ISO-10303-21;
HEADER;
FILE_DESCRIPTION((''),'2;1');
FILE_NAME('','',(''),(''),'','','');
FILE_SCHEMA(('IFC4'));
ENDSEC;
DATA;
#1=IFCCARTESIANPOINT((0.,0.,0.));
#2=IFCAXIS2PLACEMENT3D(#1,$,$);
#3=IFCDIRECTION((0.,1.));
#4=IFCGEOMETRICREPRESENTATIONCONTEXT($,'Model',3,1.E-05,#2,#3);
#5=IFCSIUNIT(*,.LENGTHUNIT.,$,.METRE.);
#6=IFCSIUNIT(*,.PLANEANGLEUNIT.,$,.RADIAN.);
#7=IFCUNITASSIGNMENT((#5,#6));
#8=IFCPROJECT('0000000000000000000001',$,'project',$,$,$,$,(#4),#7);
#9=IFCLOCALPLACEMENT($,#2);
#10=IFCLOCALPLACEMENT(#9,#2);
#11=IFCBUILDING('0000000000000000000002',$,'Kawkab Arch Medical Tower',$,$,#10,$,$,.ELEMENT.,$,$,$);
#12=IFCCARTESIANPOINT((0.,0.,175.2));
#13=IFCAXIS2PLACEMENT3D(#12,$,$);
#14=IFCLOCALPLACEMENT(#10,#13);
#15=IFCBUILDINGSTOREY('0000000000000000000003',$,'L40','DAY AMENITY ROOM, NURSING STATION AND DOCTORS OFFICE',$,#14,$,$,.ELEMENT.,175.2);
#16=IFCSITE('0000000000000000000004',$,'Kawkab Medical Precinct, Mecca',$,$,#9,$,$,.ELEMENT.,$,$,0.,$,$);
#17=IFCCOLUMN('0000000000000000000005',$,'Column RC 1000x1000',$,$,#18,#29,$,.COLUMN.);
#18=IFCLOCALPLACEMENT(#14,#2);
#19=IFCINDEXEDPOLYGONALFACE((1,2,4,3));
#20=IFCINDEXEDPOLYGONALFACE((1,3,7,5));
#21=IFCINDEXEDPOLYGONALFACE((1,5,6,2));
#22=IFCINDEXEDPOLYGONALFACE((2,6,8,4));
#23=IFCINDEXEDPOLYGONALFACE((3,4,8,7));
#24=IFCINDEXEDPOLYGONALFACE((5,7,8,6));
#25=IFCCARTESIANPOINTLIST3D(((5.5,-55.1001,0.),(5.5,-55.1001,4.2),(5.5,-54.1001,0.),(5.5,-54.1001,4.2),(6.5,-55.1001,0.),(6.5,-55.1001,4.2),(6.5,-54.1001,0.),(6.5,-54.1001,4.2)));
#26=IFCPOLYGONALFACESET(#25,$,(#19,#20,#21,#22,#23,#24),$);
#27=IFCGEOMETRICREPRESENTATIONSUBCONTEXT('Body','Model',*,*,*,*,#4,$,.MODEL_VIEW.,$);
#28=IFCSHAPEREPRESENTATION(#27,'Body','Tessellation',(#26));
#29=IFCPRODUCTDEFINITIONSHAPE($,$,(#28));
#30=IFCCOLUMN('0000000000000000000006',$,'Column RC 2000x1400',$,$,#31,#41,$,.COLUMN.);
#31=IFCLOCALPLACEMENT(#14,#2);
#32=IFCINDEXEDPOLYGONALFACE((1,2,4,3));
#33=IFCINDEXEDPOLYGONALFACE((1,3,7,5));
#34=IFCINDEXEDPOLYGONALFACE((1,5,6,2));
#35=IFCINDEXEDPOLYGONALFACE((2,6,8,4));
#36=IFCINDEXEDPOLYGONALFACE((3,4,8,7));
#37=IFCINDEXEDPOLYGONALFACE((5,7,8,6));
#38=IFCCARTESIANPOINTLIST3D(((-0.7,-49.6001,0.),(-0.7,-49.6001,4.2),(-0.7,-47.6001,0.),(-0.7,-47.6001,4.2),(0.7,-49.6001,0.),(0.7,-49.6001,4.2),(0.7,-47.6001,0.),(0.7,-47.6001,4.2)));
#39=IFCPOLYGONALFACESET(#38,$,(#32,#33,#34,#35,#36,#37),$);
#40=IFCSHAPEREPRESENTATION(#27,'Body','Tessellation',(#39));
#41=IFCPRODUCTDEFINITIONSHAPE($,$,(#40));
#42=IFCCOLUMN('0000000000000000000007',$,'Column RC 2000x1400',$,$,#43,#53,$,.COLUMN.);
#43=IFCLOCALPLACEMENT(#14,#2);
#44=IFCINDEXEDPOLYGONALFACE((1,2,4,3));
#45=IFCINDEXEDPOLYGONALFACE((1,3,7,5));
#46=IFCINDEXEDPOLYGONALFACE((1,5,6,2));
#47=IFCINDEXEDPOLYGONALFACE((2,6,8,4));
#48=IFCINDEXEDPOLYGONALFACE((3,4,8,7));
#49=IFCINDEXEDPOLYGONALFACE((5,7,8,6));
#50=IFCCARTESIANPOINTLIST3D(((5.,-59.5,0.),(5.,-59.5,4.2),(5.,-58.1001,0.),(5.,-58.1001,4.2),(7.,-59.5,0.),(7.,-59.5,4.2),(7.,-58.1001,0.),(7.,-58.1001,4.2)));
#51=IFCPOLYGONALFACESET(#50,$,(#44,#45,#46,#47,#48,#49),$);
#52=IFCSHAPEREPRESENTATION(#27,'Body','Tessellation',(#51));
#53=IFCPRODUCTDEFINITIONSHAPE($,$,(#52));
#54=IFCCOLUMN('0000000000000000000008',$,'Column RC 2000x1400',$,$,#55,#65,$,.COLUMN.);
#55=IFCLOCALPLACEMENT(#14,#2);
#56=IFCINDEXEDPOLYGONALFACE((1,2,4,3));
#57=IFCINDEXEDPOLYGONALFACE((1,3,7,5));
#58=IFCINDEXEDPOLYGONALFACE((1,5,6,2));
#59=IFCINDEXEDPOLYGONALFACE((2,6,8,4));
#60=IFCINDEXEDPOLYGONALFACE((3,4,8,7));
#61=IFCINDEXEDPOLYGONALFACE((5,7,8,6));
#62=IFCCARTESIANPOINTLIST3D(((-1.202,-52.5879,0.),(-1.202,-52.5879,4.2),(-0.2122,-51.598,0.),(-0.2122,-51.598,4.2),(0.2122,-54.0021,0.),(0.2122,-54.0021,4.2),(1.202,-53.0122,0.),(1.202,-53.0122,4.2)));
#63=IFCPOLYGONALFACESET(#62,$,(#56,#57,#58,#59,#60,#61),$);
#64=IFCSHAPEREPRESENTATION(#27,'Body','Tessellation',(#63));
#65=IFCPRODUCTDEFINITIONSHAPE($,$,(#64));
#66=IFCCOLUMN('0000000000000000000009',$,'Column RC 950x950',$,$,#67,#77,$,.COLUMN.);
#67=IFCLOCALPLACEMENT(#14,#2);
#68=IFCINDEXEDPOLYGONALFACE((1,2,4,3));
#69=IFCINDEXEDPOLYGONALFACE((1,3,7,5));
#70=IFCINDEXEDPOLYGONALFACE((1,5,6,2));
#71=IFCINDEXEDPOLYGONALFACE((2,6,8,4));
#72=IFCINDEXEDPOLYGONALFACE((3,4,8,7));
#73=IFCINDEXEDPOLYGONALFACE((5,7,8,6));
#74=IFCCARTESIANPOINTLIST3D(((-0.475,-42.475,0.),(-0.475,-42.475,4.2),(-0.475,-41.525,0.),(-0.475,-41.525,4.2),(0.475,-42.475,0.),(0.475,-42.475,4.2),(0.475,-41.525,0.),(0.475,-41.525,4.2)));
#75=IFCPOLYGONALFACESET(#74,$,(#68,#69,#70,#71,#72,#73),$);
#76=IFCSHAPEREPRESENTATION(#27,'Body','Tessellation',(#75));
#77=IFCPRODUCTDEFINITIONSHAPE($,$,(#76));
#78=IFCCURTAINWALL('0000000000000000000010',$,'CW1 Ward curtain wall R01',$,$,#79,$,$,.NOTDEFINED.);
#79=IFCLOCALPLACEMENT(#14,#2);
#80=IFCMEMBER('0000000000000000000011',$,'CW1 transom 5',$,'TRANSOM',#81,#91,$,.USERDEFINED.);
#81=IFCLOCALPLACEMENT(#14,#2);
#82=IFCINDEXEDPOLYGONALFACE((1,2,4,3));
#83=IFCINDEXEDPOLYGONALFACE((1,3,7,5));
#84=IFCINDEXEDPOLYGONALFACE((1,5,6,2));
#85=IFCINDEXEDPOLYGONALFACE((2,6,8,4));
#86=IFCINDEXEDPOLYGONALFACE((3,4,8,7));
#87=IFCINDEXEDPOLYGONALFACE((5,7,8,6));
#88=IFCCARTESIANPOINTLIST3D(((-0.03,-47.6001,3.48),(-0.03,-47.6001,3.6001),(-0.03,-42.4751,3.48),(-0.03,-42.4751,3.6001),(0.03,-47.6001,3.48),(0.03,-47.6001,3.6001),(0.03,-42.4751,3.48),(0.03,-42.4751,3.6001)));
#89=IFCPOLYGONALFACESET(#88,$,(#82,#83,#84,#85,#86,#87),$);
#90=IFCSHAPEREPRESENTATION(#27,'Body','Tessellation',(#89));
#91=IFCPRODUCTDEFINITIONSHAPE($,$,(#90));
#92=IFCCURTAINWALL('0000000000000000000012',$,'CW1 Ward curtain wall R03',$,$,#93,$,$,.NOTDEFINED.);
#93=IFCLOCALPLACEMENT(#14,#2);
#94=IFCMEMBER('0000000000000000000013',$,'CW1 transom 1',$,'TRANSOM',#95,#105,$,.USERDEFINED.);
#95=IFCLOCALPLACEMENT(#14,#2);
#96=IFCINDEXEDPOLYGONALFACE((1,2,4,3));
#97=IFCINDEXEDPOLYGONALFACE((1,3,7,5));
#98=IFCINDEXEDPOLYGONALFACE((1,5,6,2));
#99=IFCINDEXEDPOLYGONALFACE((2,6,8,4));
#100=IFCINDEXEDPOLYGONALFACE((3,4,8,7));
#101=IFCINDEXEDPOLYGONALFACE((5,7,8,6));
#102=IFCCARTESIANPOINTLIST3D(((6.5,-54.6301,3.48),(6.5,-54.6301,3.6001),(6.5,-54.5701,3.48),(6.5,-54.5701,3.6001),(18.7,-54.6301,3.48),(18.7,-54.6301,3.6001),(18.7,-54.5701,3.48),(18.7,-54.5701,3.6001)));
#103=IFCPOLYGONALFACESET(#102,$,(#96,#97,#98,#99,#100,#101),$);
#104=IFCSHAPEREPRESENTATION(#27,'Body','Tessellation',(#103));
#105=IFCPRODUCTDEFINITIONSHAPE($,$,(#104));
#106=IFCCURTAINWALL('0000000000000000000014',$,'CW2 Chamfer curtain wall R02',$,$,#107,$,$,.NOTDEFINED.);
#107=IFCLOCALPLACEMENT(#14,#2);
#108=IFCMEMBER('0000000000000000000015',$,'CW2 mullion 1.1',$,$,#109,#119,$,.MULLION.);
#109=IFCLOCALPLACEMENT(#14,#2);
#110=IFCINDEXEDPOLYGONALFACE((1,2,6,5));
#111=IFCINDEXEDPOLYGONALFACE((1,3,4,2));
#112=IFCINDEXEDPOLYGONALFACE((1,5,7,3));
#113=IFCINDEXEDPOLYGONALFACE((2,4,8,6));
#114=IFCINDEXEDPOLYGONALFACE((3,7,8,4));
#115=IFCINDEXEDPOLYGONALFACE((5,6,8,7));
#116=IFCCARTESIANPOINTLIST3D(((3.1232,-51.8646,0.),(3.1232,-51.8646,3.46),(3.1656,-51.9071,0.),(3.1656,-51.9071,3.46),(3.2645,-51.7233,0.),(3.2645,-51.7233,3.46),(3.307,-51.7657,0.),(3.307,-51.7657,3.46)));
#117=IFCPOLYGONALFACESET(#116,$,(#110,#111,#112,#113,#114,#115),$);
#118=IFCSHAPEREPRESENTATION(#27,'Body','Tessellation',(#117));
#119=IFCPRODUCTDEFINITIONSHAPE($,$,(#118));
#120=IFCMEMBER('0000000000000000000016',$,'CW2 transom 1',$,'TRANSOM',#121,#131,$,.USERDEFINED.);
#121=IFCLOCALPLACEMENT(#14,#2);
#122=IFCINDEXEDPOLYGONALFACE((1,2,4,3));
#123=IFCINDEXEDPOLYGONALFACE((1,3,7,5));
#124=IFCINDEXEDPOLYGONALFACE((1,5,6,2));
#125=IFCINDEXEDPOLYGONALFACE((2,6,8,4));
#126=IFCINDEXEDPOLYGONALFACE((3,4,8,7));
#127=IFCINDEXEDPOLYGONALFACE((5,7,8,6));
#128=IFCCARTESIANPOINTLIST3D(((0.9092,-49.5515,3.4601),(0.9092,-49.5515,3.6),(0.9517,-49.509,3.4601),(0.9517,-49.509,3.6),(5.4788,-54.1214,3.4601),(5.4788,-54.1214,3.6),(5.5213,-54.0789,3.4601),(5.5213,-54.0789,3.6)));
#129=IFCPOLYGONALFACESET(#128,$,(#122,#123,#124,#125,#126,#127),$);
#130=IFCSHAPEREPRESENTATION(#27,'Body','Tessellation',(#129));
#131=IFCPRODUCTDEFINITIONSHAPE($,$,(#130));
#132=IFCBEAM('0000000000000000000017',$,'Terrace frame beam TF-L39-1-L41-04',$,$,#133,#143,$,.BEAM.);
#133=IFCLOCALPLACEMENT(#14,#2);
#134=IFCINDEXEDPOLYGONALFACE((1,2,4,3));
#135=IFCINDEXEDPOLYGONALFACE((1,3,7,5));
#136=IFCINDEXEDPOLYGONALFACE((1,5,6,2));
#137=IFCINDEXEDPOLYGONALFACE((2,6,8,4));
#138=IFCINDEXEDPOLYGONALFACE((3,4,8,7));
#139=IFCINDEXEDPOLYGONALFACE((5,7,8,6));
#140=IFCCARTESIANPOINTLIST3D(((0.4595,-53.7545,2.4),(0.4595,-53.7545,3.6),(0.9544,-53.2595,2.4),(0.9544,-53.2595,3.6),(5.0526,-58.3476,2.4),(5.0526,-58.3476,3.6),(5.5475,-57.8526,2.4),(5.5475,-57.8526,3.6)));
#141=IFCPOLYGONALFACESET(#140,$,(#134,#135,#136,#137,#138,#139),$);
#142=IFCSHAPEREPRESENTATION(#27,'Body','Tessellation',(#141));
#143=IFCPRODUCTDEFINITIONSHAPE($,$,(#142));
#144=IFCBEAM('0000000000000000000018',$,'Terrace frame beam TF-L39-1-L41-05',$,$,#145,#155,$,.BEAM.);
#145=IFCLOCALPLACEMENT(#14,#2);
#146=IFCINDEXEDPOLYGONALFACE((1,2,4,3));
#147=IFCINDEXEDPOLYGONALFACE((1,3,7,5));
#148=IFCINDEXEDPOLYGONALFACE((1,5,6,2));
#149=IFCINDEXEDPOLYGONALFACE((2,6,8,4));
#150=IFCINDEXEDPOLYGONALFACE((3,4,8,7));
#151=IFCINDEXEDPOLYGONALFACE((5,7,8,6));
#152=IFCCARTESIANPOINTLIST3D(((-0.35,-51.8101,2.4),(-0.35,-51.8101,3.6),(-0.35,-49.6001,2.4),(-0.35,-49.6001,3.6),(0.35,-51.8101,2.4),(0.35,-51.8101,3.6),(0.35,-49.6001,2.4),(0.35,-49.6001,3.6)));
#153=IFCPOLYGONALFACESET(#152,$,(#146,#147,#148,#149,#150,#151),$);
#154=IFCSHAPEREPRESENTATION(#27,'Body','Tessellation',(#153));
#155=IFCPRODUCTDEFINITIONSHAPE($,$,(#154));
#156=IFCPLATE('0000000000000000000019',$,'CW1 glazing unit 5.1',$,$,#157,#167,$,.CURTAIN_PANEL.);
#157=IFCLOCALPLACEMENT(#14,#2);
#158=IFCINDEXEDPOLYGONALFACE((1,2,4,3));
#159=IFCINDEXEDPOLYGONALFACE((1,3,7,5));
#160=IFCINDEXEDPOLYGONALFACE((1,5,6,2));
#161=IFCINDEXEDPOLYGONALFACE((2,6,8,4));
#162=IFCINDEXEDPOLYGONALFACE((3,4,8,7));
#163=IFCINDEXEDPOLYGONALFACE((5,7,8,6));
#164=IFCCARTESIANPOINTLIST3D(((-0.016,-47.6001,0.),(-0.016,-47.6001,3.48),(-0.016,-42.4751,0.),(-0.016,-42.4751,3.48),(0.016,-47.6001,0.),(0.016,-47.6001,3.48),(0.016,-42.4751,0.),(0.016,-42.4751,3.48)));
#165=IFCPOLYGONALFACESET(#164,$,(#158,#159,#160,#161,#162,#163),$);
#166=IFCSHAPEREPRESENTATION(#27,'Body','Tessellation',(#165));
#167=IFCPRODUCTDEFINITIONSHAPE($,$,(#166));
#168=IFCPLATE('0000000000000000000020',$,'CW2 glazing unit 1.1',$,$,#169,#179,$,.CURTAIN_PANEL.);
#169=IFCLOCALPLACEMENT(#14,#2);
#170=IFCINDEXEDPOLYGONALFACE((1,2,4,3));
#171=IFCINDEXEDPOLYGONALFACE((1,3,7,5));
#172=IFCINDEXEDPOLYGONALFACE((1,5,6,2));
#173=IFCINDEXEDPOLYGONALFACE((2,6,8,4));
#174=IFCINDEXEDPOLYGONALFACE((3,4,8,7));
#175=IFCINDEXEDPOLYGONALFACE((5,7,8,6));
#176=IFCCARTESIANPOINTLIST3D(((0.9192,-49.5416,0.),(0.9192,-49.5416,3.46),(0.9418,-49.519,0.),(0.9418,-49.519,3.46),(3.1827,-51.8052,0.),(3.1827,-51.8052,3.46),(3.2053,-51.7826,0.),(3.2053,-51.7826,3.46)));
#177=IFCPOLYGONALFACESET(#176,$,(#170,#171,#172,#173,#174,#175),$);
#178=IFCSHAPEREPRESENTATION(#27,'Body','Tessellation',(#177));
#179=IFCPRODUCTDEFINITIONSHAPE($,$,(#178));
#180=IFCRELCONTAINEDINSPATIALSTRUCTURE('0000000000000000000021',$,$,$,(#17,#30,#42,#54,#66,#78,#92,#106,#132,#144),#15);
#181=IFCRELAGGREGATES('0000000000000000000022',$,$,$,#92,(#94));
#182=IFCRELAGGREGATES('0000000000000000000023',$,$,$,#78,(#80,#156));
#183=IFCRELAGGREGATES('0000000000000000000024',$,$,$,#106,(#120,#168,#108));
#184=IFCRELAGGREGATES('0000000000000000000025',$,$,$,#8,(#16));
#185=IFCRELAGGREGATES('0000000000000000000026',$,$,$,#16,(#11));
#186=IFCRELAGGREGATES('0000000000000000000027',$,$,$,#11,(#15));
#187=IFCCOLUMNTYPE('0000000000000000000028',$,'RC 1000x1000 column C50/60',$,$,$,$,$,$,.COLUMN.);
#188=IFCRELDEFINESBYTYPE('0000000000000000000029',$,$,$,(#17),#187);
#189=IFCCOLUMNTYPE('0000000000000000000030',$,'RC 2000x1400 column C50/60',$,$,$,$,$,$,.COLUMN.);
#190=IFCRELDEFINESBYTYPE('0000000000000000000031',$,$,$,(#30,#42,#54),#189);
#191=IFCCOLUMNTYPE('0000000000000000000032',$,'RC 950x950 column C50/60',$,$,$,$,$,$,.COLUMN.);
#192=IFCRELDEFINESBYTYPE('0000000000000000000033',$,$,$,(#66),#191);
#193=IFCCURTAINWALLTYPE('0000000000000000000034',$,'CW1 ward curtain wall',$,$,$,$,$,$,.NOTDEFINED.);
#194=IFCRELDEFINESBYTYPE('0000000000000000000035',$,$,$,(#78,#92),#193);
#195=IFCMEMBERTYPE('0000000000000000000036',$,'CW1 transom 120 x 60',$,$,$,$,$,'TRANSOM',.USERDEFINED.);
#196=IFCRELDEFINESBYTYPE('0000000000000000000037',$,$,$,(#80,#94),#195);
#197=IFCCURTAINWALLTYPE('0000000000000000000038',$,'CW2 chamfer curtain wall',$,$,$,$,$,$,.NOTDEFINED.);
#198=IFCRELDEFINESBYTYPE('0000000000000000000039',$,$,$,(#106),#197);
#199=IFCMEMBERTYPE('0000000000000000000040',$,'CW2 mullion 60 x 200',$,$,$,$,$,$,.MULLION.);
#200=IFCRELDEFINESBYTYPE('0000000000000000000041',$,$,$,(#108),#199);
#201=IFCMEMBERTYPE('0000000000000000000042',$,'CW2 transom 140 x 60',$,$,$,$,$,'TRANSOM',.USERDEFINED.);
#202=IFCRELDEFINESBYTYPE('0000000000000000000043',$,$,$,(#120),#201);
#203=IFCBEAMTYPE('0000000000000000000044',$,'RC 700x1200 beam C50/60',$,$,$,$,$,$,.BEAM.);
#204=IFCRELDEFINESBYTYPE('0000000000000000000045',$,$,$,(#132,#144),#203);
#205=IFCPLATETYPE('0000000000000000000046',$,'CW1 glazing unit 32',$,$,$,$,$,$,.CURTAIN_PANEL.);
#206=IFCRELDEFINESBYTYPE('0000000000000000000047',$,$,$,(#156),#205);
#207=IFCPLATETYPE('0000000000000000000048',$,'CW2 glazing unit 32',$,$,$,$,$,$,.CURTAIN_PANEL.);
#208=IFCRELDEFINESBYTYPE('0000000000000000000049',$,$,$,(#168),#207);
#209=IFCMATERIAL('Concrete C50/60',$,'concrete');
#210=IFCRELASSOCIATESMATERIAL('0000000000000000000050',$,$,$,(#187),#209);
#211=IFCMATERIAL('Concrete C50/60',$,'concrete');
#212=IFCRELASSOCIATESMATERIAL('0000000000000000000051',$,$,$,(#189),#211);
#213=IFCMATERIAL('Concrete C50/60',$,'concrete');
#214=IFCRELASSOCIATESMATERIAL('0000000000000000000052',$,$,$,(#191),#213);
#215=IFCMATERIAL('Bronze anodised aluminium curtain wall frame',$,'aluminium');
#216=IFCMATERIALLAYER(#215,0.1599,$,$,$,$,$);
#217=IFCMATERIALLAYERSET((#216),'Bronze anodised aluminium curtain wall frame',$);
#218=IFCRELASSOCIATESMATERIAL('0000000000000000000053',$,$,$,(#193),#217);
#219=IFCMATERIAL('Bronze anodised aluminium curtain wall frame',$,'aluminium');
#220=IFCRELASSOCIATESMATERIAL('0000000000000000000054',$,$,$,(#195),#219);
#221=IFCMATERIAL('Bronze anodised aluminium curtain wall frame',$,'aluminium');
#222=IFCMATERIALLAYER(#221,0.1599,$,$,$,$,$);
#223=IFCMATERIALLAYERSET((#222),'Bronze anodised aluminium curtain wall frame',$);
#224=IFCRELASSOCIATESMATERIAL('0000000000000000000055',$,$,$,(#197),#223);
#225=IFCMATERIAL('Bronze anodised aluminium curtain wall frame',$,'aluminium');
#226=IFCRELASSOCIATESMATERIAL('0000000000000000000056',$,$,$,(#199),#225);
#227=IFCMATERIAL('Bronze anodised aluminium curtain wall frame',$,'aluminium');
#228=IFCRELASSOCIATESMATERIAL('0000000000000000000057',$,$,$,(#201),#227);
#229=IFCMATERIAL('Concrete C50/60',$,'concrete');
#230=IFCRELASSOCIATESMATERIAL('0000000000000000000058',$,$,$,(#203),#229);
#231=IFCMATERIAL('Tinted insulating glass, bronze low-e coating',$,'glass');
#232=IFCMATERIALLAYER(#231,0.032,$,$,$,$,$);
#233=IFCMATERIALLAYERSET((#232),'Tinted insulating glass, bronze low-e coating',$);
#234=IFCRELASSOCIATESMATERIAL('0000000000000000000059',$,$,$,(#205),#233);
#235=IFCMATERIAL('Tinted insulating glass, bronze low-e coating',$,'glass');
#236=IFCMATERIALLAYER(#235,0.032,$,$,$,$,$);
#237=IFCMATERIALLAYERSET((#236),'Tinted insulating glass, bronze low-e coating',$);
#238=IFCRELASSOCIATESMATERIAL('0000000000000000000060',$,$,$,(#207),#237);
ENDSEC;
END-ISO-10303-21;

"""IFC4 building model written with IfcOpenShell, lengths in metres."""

from ifc_helpers import new_model, si_unit, direction, frame, origin, origin_2d, place, context, subcontext, project, spatial, rectangle, extrude, material, layer, layer_set, material_profile, profile_set, type_object, element, aggregate, save


model = new_model("IFC4")

# Units and contexts
model_context = context("Model", 3, precision=1e-05, world=origin(), true_north=direction((0.0, 1.0)))
body_context = subcontext(model_context, "Body", "Model", "MODEL_VIEW")
ifc_project = project(units=[si_unit("LENGTHUNIT", "METRE"), si_unit("PLANEANGLEUNIT", "RADIAN")], contexts=[model_context])

# Site, building, storey
site_placement = place(None, origin())
site = spatial("IfcSite", under=ifc_project, at=site_placement, Name="Kawkab Medical Precinct, Mecca", CompositionType="ELEMENT", RefElevation=0.0)
building_placement = place(site_placement, origin())
building = spatial("IfcBuilding", under=site, at=building_placement, Name="Kawkab Arch Medical Tower", CompositionType="ELEMENT")
storey_placement = place(building_placement, frame((0.0, 0.0, 175.2)))
storey = spatial("IfcBuildingStorey", under=building, at=storey_placement, Name="L40", Description="DAY AMENITY ROOM, NURSING STATION AND DOCTORS OFFICE", CompositionType="ELEMENT", Elevation=175.2)

# Columns
ifc_material_1 = material(Name="Concrete C50/60", Category="concrete")
ifc_material_profile_1 = material_profile(ifc_material_1, rectangle(XDim=1.0, YDim=1.0, at=origin_2d()), Name="RC 1000x1000")
ifc_profile_set_1 = profile_set([ifc_material_profile_1], Name="Concrete C50/60")
column_type_1 = type_object("IfcColumnType", Name="RC 1000x1000 column C50/60", PredefinedType="COLUMN", material=ifc_profile_set_1)
column_1_placement = place(storey_placement, frame((6.0, -54.6001, 0.0), z_axis=(0.0, 0.0, 1.0), x_axis=(1.0, 0.0, 0.0)))
element("IfcColumn", 1, at=column_1_placement, inside=storey, type_object=column_type_1, Name="Column RC 1000x1000", PredefinedType="COLUMN", context=body_context, shape_type="SweptSolid", body=[
    extrude(rectangle(XDim=1.0, YDim=1.0, at=origin_2d()), origin(), (0.0, 0.0, 1.0), 4.2),
])
ifc_material_2 = material(Name="Concrete C50/60", Category="concrete")
ifc_material_profile_2 = material_profile(ifc_material_2, rectangle(XDim=2.0, YDim=1.3999, at=origin_2d()), Name="RC 2000x1400")
ifc_profile_set_2 = profile_set([ifc_material_profile_2], Name="Concrete C50/60")
column_type_2 = type_object("IfcColumnType", Name="RC 2000x1400 column C50/60", PredefinedType="COLUMN", material=ifc_profile_set_2)
for number, where, z_axis, x_axis, name in (
    (2, (0.0, -48.6001, 0.0), (0.0, 0.0, 1.0), (0.0, 1.0, 0.0), "Column RC 2000x1400"),
    (3, (6.0, -58.8, 0.0), (0.0, 0.0, 1.0), (-1.0, 0.0, 0.0), "Column RC 2000x1400"),
    (4, (0.0, -52.8, 0.0), (0.0, 0.0, 1.0), (-0.707107, 0.707107, 0.0), "Column RC 2000x1400"),
):
    element("IfcColumn", number, at=place(storey_placement, frame(where, z_axis=z_axis, x_axis=x_axis)), inside=storey, type_object=column_type_2, Name=name, PredefinedType="COLUMN", context=body_context, shape_type="SweptSolid", body=[
        extrude(rectangle(XDim=2.0, YDim=1.3999, at=origin_2d()), origin(), (0.0, 0.0, 1.0), 4.2),
    ])
ifc_material_3 = material(Name="Concrete C50/60", Category="concrete")
ifc_material_profile_3 = material_profile(ifc_material_3, rectangle(XDim=0.95, YDim=0.95, at=origin_2d()), Name="RC 950x950")
ifc_profile_set_3 = profile_set([ifc_material_profile_3], Name="Concrete C50/60")
column_type_3 = type_object("IfcColumnType", Name="RC 950x950 column C50/60", PredefinedType="COLUMN", material=ifc_profile_set_3)
column_2_placement = place(storey_placement, frame((0.0, -42.0, 0.0), z_axis=(0.0, 0.0, 1.0), x_axis=(1.0, 0.0, 0.0)))
element("IfcColumn", 5, at=column_2_placement, inside=storey, type_object=column_type_3, Name="Column RC 950x950", PredefinedType="COLUMN", context=body_context, shape_type="SweptSolid", body=[
    extrude(rectangle(XDim=0.95, YDim=0.95, at=origin_2d()), origin(), (0.0, 0.0, 1.0), 4.2),
])

# Curtain walls, members
ifc_material_4 = material(Name="Bronze anodised aluminium curtain wall frame", Category="aluminium")
ifc_layer_1 = layer(ifc_material_4, 0.1599)
ifc_layer_set_1 = layer_set([ifc_layer_1], Name="Bronze anodised aluminium curtain wall frame")
curtain_wall_type_1 = type_object("IfcCurtainWallType", Name="CW1 ward curtain wall", PredefinedType="NOTDEFINED", material=ifc_layer_set_1)
placement = place(storey_placement, origin())
curtain_wall_1 = element("IfcCurtainWall", 6, at=placement, inside=storey, type_object=curtain_wall_type_1, Name="CW1 Ward curtain wall R01", PredefinedType="NOTDEFINED")
ifc_material_5 = material(Name="Bronze anodised aluminium curtain wall frame", Category="aluminium")
ifc_material_profile_4 = material_profile(ifc_material_5, rectangle(XDim=0.0601, YDim=0.1201, at=origin_2d()), Name="AL 60x120")
ifc_profile_set_4 = profile_set([ifc_material_profile_4], Name="Bronze anodised aluminium curtain wall frame")
member_type_1 = type_object("IfcMemberType", Name="CW1 transom 120 x 60", ElementType="TRANSOM", PredefinedType="USERDEFINED", material=ifc_profile_set_4)
member_1_placement = place(storey_placement, frame((0.0, -42.4751, 3.54), z_axis=(0.0, -1.0, 0.0), x_axis=(1.0, 0.0, 0.0)))
member_1 = element("IfcMember", 7, at=member_1_placement, type_object=member_type_1, Name="CW1 transom 5", ObjectType="TRANSOM", PredefinedType="USERDEFINED", context=body_context, shape_type="SweptSolid", body=[
    extrude(rectangle(XDim=0.0601, YDim=0.1201, at=origin_2d()), origin(), (0.0, 0.0, 1.0), 5.125),
])
curtain_wall_2 = element("IfcCurtainWall", 8, at=placement, inside=storey, type_object=curtain_wall_type_1, Name="CW1 Ward curtain wall R03", PredefinedType="NOTDEFINED")
member_2_placement = place(storey_placement, frame((6.5, -54.6001, 3.54), z_axis=(1.0, 0.0, 0.0), x_axis=(0.0, 1.0, 0.0)))
member_2 = element("IfcMember", 9, at=member_2_placement, type_object=member_type_1, Name="CW1 transom 1", ObjectType="TRANSOM", PredefinedType="USERDEFINED", context=body_context, shape_type="SweptSolid", body=[
    extrude(rectangle(XDim=0.0601, YDim=0.1201, at=origin_2d()), origin(), (0.0, 0.0, 1.0), 12.2),
])
aggregate(curtain_wall_2, [member_2])

# Curtain wall, members
ifc_material_6 = material(Name="Bronze anodised aluminium curtain wall frame", Category="aluminium")
ifc_layer_2 = layer(ifc_material_6, 0.1599)
ifc_layer_set_2 = layer_set([ifc_layer_2], Name="Bronze anodised aluminium curtain wall frame")
curtain_wall_type_2 = type_object("IfcCurtainWallType", Name="CW2 chamfer curtain wall", PredefinedType="NOTDEFINED", material=ifc_layer_set_2)
curtain_wall_3 = element("IfcCurtainWall", 10, at=placement, inside=storey, type_object=curtain_wall_type_2, Name="CW2 Chamfer curtain wall R02", PredefinedType="NOTDEFINED")
ifc_material_7 = material(Name="Bronze anodised aluminium curtain wall frame", Category="aluminium")
ifc_material_profile_5 = material_profile(ifc_material_7, rectangle(XDim=0.2, YDim=0.0601, at=origin_2d()), Name="AL 60x200")
ifc_profile_set_5 = profile_set([ifc_material_profile_5], Name="Bronze anodised aluminium curtain wall frame")
member_type_2 = type_object("IfcMemberType", Name="CW2 mullion 60 x 200", PredefinedType="MULLION", material=ifc_profile_set_5)
member_3_placement = place(storey_placement, frame((3.2151, -51.8152, 0.0), z_axis=(0.0, 0.0, 1.0), x_axis=(0.707107, 0.707107, 0.0)))
member_3 = element("IfcMember", 11, at=member_3_placement, type_object=member_type_2, Name="CW2 mullion 1.1", PredefinedType="MULLION", context=body_context, shape_type="SweptSolid", body=[
    extrude(rectangle(XDim=0.2, YDim=0.0601, at=origin_2d()), origin(), (0.0, 0.0, 1.0), 3.46),
])
ifc_material_8 = material(Name="Bronze anodised aluminium curtain wall frame", Category="aluminium")
ifc_material_profile_6 = material_profile(ifc_material_8, rectangle(XDim=0.0601, YDim=0.1399, at=origin_2d()), Name="AL 60x140")
ifc_profile_set_6 = profile_set([ifc_material_profile_6], Name="Bronze anodised aluminium curtain wall frame")
member_type_3 = type_object("IfcMemberType", Name="CW2 transom 140 x 60", ElementType="TRANSOM", PredefinedType="USERDEFINED", material=ifc_profile_set_6)
member_4_placement = place(storey_placement, frame((0.9304, -49.5303, 3.53), z_axis=(0.707088, -0.707126, 0.0), x_axis=(0.707126, 0.707088, 0.0)))
member_4 = element("IfcMember", 12, at=member_4_placement, type_object=member_type_3, Name="CW2 transom 1", ObjectType="TRANSOM", PredefinedType="USERDEFINED", context=body_context, shape_type="SweptSolid", body=[
    extrude(rectangle(XDim=0.0601, YDim=0.1399, at=origin_2d()), origin(), (0.0, 0.0, 1.0), 6.4626),
])

# Beams
ifc_material_9 = material(Name="Concrete C50/60", Category="concrete")
ifc_material_profile_7 = material_profile(ifc_material_9, rectangle(XDim=0.7, YDim=1.2, at=origin_2d()), Name="RC 700x1200")
ifc_profile_set_7 = profile_set([ifc_material_profile_7], Name="Concrete C50/60")
beam_type = type_object("IfcBeamType", Name="RC 700x1200 beam C50/60", PredefinedType="BEAM", material=ifc_profile_set_7)
beam_1_placement = place(storey_placement, frame((5.3, -58.1001, 3.0), z_axis=(-0.707107, 0.707107, 0.0), x_axis=(-0.707107, -0.707107, 0.0)))
element("IfcBeam", 13, at=beam_1_placement, inside=storey, type_object=beam_type, Name="Terrace frame beam TF-L39-1-L41-04", PredefinedType="BEAM", context=body_context, shape_type="SweptSolid", body=[
    extrude(rectangle(XDim=0.7, YDim=1.2, at=origin_2d()), origin(), (0.0, 0.0, 1.0), 6.4956),
])
beam_2_placement = place(storey_placement, frame((0.0, -51.8101, 3.0), z_axis=(0.0, 1.0, 0.0), x_axis=(-1.0, 0.0, 0.0)))
element("IfcBeam", 14, at=beam_2_placement, inside=storey, type_object=beam_type, Name="Terrace frame beam TF-L39-1-L41-05", PredefinedType="BEAM", context=body_context, shape_type="SweptSolid", body=[
    extrude(rectangle(XDim=0.7, YDim=1.2, at=origin_2d()), origin(), (0.0, 0.0, 1.0), 2.21),
])

# Plates
ifc_material_10 = material(Name="Tinted insulating glass, bronze low-e coating", Category="glass")
ifc_layer_3 = layer(ifc_material_10, 0.032)
ifc_layer_set_3 = layer_set([ifc_layer_3], Name="Tinted insulating glass, bronze low-e coating")
plate_type_1 = type_object("IfcPlateType", Name="CW1 glazing unit 32", PredefinedType="CURTAIN_PANEL", material=ifc_layer_set_3)
plate_1_placement = place(storey_placement, frame((0.0, -45.0376, 0.0), z_axis=(0.0, 0.0, 1.0), x_axis=(0.0, -1.0, 0.0)))
plate_1 = element("IfcPlate", 15, at=plate_1_placement, type_object=plate_type_1, Name="CW1 glazing unit 5.1", PredefinedType="CURTAIN_PANEL", context=body_context, shape_type="SweptSolid", body=[
    extrude(rectangle(XDim=5.125, YDim=0.032, at=origin_2d()), origin(), (0.0, 0.0, 1.0), 3.48),
])
aggregate(curtain_wall_1, [member_1, plate_1])
ifc_material_11 = material(Name="Tinted insulating glass, bronze low-e coating", Category="glass")
ifc_layer_4 = layer(ifc_material_11, 0.032)
ifc_layer_set_4 = layer_set([ifc_layer_4], Name="Tinted insulating glass, bronze low-e coating")
plate_type_2 = type_object("IfcPlateType", Name="CW2 glazing unit 32", PredefinedType="CURTAIN_PANEL", material=ifc_layer_set_4)
plate_2_placement = place(storey_placement, frame((2.0623, -50.6621, 0.0), z_axis=(0.0, 0.0, 1.0), x_axis=(0.707107, -0.707107, 0.0)))
plate_2 = element("IfcPlate", 16, at=plate_2_placement, type_object=plate_type_2, Name="CW2 glazing unit 1.1", PredefinedType="CURTAIN_PANEL", context=body_context, shape_type="SweptSolid", body=[
    extrude(rectangle(XDim=3.2012, YDim=0.032, at=origin_2d()), origin(), (0.0, 0.0, 1.0), 3.46),
])
aggregate(curtain_wall_3, [member_4, plate_2, member_3])

save(model, "model.ifc")
